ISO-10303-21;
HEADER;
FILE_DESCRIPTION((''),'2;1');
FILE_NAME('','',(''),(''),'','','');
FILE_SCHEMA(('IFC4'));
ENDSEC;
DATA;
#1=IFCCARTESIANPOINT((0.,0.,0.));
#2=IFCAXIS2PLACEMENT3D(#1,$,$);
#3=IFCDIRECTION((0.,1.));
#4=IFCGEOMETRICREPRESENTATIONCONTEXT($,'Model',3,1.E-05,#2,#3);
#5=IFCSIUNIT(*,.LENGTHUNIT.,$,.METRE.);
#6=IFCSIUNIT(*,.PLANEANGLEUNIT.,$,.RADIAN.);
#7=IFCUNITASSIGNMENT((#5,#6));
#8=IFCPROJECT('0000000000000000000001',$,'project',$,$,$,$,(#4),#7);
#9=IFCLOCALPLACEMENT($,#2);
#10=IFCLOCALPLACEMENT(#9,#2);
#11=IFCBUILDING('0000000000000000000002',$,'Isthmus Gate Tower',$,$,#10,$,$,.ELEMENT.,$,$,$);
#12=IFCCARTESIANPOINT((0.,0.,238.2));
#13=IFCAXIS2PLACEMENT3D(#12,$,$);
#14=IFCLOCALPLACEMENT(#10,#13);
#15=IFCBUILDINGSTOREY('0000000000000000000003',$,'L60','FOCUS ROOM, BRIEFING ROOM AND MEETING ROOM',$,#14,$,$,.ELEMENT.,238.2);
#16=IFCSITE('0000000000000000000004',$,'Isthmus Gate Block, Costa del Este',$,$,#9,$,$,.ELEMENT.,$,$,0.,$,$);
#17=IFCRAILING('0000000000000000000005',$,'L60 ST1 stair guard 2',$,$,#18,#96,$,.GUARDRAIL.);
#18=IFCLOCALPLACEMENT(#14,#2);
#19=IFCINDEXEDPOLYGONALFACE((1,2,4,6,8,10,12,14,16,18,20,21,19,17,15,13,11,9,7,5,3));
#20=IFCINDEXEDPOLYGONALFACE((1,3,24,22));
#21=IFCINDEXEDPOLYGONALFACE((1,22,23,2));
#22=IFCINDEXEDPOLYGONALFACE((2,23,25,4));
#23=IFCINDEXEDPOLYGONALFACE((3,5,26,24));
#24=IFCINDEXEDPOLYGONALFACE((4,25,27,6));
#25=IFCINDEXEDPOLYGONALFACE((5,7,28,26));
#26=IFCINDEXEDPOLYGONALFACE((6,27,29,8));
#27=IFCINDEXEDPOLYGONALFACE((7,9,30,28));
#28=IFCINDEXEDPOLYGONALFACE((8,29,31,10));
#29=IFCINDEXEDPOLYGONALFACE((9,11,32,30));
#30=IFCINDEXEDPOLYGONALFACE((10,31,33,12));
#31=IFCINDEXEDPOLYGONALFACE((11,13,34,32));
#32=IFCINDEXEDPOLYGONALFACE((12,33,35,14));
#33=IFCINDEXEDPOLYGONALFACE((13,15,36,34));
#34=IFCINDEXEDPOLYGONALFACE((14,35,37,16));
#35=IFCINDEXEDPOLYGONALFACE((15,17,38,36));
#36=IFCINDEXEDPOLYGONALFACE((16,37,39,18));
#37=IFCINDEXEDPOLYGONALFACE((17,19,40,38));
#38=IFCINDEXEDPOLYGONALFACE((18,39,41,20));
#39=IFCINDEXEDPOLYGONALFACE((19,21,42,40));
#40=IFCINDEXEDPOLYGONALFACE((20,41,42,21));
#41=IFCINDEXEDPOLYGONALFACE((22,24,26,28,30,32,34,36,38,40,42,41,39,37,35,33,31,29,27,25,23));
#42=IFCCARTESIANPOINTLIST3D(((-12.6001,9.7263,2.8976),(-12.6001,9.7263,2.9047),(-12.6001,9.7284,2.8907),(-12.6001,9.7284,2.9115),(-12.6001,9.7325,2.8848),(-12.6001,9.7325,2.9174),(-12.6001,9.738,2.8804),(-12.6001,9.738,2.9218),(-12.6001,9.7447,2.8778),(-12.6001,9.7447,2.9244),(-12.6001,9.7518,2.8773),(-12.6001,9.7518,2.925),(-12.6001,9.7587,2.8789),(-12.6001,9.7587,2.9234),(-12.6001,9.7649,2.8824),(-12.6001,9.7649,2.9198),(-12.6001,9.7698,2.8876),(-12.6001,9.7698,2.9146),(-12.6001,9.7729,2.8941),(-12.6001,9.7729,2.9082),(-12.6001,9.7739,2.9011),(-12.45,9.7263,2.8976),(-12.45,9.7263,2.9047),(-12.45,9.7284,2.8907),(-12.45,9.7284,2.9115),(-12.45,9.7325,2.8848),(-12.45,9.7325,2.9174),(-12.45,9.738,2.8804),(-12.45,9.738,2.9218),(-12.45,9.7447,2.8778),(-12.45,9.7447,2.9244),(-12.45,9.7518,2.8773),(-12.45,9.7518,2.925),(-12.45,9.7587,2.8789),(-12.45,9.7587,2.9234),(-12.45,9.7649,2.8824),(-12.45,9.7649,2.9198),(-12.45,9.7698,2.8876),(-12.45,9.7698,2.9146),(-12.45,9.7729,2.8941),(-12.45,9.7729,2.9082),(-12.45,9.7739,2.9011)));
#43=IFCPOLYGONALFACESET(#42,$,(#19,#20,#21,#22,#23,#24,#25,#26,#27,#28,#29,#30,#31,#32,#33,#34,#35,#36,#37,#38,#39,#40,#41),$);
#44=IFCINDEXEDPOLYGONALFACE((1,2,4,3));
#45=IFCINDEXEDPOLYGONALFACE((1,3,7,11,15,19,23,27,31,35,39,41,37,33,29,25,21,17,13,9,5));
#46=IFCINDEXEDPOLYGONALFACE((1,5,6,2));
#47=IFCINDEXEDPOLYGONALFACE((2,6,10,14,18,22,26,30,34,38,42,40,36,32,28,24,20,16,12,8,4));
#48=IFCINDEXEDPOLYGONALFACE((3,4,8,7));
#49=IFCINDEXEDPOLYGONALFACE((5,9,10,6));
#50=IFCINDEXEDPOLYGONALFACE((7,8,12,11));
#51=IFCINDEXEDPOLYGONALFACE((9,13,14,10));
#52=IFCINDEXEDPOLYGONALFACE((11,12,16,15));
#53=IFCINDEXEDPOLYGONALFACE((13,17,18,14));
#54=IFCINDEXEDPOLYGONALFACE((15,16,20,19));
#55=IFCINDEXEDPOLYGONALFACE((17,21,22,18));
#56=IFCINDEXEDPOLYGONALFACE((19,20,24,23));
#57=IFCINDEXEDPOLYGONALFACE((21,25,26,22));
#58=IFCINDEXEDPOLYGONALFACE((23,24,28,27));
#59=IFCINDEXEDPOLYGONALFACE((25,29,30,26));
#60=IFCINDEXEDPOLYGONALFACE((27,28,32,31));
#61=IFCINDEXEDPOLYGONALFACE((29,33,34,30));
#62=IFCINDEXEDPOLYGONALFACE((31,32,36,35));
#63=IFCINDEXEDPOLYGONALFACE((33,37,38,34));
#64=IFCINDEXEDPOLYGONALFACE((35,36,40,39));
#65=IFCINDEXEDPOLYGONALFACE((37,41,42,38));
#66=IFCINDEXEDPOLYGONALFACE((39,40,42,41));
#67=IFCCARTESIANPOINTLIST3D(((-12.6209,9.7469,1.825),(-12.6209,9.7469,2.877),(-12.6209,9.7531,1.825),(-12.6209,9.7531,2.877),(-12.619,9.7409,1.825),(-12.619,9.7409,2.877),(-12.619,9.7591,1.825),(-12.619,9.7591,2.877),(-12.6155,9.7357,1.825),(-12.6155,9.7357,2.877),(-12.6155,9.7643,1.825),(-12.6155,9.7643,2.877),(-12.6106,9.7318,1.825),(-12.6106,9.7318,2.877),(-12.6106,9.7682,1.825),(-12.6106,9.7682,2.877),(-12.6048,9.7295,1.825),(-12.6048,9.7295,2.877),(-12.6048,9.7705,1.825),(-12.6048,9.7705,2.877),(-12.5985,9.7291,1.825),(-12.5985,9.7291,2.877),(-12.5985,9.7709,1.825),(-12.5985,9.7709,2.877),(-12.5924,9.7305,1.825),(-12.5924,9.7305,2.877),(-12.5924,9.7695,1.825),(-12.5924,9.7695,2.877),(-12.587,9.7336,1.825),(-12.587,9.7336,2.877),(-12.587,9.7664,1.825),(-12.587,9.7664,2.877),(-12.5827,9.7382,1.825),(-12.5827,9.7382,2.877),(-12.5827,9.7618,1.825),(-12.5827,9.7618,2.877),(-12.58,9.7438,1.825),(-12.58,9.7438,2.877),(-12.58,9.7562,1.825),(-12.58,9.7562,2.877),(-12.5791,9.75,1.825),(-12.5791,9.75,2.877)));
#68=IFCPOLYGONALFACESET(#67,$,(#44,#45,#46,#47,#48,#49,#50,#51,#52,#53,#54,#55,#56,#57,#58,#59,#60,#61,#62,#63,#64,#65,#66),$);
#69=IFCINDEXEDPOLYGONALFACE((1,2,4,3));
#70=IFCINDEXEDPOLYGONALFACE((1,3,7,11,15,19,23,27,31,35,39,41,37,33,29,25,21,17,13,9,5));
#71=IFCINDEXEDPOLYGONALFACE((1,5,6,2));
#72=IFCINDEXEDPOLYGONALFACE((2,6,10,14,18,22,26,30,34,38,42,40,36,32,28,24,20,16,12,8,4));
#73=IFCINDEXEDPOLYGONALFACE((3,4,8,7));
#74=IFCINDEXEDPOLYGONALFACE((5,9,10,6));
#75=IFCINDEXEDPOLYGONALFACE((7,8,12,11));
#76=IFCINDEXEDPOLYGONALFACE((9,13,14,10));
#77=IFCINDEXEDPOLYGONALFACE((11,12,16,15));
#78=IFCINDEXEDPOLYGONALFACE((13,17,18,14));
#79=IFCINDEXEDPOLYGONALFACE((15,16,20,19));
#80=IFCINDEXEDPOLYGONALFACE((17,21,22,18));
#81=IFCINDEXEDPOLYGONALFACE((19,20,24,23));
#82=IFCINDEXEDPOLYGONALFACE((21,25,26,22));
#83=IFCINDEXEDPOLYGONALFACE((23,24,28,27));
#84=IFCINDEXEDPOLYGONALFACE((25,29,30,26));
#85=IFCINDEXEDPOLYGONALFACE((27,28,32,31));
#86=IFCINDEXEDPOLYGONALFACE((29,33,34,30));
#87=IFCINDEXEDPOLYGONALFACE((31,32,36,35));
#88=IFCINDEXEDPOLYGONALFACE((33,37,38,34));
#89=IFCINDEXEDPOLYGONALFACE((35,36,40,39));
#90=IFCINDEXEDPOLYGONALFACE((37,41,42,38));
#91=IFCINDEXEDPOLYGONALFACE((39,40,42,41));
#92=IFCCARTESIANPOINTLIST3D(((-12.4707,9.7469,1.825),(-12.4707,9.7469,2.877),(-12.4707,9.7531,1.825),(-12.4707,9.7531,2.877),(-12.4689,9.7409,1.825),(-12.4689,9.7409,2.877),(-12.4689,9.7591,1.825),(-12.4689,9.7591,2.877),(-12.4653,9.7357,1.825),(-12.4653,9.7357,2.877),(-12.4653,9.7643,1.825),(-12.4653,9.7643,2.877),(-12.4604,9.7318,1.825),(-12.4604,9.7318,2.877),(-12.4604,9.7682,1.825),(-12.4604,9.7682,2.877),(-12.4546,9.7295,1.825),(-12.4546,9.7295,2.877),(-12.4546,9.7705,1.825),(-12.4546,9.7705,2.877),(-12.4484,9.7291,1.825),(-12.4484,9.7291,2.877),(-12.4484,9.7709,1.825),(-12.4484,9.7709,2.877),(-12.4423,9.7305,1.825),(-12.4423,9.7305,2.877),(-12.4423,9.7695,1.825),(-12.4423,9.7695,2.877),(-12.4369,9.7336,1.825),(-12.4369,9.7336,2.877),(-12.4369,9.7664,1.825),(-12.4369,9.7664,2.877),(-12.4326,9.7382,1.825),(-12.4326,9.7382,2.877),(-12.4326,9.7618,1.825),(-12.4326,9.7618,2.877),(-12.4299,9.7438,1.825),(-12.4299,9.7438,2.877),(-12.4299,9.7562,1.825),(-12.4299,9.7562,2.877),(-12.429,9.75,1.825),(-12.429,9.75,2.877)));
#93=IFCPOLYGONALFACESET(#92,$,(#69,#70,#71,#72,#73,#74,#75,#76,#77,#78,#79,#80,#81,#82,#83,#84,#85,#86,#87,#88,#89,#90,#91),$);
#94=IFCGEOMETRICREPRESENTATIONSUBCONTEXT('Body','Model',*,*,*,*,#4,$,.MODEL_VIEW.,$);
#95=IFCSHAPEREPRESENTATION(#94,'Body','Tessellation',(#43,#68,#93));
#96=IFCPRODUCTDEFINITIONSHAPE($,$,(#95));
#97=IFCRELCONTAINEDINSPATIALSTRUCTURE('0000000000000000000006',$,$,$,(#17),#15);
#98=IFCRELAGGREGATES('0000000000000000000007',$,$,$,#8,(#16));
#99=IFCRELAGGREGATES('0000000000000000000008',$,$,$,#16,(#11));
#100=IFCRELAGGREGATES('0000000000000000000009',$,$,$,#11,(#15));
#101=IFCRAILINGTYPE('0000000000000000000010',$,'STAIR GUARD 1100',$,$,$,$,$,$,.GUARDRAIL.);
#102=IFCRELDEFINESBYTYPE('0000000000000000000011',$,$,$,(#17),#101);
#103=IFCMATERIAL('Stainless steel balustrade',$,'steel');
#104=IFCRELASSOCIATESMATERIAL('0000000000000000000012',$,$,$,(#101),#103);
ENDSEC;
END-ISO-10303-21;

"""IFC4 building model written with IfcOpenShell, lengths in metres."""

from ifc_helpers import new_model, si_unit, direction, frame, origin, origin_2d, place, context, subcontext, project, spatial, circle, extrude, material, type_object, element, save


model = new_model("IFC4")

# Units and contexts
model_context = context("Model", 3, precision=1e-05, world=origin(), true_north=direction((0.0, 1.0)))
body_context = subcontext(model_context, "Body", "Model", "MODEL_VIEW")
ifc_project = project(units=[si_unit("LENGTHUNIT", "METRE"), si_unit("PLANEANGLEUNIT", "RADIAN")], contexts=[model_context])

# Site, building, storey
site_placement = place(None, origin())
site = spatial("IfcSite", under=ifc_project, at=site_placement, Name="Isthmus Gate Block, Costa del Este", CompositionType="ELEMENT", RefElevation=0.0)
building_placement = place(site_placement, origin())
building = spatial("IfcBuilding", under=site, at=building_placement, Name="Isthmus Gate Tower", CompositionType="ELEMENT")
storey_placement = place(building_placement, frame((0.0, 0.0, 238.2)))
storey = spatial("IfcBuildingStorey", under=building, at=storey_placement, Name="L60", Description="FOCUS ROOM, BRIEFING ROOM AND MEETING ROOM", CompositionType="ELEMENT", Elevation=238.2)

# Railing
ifc_material_1 = material(Name="Stainless steel balustrade", Category="steel")
railing_type_1 = type_object("IfcRailingType", Name="STAIR GUARD 1100", PredefinedType="GUARDRAIL", material=ifc_material_1)
railing_1_placement = place(storey_placement, frame((-12.6001, 9.75, 1.825)))
element("IfcRailing", 1, at=railing_1_placement, inside=storey, type_object=railing_type_1, Name="L60 ST1 stair guard 2", PredefinedType="GUARDRAIL", context=body_context, shape_type="SweptSolid", body=[
    extrude(circle(Radius=0.0239, at=origin_2d()), frame((0.0, 0.0, 1.0762), z_axis=(1.0, 0.0, 0.0), x_axis=(0.0, 1.0, 0.0)), (0.0, 0.0, 1.0), 0.1501),
    extrude(circle(Radius=0.021, at=origin_2d()), origin(), (0.0, 0.0, 1.0), 1.052),
    extrude(circle(Radius=0.021, at=origin_2d()), frame((0.1501, 0.0, 0.0)), (0.0, 0.0, 1.0), 1.052),
])

save(model, "model.ifc")
